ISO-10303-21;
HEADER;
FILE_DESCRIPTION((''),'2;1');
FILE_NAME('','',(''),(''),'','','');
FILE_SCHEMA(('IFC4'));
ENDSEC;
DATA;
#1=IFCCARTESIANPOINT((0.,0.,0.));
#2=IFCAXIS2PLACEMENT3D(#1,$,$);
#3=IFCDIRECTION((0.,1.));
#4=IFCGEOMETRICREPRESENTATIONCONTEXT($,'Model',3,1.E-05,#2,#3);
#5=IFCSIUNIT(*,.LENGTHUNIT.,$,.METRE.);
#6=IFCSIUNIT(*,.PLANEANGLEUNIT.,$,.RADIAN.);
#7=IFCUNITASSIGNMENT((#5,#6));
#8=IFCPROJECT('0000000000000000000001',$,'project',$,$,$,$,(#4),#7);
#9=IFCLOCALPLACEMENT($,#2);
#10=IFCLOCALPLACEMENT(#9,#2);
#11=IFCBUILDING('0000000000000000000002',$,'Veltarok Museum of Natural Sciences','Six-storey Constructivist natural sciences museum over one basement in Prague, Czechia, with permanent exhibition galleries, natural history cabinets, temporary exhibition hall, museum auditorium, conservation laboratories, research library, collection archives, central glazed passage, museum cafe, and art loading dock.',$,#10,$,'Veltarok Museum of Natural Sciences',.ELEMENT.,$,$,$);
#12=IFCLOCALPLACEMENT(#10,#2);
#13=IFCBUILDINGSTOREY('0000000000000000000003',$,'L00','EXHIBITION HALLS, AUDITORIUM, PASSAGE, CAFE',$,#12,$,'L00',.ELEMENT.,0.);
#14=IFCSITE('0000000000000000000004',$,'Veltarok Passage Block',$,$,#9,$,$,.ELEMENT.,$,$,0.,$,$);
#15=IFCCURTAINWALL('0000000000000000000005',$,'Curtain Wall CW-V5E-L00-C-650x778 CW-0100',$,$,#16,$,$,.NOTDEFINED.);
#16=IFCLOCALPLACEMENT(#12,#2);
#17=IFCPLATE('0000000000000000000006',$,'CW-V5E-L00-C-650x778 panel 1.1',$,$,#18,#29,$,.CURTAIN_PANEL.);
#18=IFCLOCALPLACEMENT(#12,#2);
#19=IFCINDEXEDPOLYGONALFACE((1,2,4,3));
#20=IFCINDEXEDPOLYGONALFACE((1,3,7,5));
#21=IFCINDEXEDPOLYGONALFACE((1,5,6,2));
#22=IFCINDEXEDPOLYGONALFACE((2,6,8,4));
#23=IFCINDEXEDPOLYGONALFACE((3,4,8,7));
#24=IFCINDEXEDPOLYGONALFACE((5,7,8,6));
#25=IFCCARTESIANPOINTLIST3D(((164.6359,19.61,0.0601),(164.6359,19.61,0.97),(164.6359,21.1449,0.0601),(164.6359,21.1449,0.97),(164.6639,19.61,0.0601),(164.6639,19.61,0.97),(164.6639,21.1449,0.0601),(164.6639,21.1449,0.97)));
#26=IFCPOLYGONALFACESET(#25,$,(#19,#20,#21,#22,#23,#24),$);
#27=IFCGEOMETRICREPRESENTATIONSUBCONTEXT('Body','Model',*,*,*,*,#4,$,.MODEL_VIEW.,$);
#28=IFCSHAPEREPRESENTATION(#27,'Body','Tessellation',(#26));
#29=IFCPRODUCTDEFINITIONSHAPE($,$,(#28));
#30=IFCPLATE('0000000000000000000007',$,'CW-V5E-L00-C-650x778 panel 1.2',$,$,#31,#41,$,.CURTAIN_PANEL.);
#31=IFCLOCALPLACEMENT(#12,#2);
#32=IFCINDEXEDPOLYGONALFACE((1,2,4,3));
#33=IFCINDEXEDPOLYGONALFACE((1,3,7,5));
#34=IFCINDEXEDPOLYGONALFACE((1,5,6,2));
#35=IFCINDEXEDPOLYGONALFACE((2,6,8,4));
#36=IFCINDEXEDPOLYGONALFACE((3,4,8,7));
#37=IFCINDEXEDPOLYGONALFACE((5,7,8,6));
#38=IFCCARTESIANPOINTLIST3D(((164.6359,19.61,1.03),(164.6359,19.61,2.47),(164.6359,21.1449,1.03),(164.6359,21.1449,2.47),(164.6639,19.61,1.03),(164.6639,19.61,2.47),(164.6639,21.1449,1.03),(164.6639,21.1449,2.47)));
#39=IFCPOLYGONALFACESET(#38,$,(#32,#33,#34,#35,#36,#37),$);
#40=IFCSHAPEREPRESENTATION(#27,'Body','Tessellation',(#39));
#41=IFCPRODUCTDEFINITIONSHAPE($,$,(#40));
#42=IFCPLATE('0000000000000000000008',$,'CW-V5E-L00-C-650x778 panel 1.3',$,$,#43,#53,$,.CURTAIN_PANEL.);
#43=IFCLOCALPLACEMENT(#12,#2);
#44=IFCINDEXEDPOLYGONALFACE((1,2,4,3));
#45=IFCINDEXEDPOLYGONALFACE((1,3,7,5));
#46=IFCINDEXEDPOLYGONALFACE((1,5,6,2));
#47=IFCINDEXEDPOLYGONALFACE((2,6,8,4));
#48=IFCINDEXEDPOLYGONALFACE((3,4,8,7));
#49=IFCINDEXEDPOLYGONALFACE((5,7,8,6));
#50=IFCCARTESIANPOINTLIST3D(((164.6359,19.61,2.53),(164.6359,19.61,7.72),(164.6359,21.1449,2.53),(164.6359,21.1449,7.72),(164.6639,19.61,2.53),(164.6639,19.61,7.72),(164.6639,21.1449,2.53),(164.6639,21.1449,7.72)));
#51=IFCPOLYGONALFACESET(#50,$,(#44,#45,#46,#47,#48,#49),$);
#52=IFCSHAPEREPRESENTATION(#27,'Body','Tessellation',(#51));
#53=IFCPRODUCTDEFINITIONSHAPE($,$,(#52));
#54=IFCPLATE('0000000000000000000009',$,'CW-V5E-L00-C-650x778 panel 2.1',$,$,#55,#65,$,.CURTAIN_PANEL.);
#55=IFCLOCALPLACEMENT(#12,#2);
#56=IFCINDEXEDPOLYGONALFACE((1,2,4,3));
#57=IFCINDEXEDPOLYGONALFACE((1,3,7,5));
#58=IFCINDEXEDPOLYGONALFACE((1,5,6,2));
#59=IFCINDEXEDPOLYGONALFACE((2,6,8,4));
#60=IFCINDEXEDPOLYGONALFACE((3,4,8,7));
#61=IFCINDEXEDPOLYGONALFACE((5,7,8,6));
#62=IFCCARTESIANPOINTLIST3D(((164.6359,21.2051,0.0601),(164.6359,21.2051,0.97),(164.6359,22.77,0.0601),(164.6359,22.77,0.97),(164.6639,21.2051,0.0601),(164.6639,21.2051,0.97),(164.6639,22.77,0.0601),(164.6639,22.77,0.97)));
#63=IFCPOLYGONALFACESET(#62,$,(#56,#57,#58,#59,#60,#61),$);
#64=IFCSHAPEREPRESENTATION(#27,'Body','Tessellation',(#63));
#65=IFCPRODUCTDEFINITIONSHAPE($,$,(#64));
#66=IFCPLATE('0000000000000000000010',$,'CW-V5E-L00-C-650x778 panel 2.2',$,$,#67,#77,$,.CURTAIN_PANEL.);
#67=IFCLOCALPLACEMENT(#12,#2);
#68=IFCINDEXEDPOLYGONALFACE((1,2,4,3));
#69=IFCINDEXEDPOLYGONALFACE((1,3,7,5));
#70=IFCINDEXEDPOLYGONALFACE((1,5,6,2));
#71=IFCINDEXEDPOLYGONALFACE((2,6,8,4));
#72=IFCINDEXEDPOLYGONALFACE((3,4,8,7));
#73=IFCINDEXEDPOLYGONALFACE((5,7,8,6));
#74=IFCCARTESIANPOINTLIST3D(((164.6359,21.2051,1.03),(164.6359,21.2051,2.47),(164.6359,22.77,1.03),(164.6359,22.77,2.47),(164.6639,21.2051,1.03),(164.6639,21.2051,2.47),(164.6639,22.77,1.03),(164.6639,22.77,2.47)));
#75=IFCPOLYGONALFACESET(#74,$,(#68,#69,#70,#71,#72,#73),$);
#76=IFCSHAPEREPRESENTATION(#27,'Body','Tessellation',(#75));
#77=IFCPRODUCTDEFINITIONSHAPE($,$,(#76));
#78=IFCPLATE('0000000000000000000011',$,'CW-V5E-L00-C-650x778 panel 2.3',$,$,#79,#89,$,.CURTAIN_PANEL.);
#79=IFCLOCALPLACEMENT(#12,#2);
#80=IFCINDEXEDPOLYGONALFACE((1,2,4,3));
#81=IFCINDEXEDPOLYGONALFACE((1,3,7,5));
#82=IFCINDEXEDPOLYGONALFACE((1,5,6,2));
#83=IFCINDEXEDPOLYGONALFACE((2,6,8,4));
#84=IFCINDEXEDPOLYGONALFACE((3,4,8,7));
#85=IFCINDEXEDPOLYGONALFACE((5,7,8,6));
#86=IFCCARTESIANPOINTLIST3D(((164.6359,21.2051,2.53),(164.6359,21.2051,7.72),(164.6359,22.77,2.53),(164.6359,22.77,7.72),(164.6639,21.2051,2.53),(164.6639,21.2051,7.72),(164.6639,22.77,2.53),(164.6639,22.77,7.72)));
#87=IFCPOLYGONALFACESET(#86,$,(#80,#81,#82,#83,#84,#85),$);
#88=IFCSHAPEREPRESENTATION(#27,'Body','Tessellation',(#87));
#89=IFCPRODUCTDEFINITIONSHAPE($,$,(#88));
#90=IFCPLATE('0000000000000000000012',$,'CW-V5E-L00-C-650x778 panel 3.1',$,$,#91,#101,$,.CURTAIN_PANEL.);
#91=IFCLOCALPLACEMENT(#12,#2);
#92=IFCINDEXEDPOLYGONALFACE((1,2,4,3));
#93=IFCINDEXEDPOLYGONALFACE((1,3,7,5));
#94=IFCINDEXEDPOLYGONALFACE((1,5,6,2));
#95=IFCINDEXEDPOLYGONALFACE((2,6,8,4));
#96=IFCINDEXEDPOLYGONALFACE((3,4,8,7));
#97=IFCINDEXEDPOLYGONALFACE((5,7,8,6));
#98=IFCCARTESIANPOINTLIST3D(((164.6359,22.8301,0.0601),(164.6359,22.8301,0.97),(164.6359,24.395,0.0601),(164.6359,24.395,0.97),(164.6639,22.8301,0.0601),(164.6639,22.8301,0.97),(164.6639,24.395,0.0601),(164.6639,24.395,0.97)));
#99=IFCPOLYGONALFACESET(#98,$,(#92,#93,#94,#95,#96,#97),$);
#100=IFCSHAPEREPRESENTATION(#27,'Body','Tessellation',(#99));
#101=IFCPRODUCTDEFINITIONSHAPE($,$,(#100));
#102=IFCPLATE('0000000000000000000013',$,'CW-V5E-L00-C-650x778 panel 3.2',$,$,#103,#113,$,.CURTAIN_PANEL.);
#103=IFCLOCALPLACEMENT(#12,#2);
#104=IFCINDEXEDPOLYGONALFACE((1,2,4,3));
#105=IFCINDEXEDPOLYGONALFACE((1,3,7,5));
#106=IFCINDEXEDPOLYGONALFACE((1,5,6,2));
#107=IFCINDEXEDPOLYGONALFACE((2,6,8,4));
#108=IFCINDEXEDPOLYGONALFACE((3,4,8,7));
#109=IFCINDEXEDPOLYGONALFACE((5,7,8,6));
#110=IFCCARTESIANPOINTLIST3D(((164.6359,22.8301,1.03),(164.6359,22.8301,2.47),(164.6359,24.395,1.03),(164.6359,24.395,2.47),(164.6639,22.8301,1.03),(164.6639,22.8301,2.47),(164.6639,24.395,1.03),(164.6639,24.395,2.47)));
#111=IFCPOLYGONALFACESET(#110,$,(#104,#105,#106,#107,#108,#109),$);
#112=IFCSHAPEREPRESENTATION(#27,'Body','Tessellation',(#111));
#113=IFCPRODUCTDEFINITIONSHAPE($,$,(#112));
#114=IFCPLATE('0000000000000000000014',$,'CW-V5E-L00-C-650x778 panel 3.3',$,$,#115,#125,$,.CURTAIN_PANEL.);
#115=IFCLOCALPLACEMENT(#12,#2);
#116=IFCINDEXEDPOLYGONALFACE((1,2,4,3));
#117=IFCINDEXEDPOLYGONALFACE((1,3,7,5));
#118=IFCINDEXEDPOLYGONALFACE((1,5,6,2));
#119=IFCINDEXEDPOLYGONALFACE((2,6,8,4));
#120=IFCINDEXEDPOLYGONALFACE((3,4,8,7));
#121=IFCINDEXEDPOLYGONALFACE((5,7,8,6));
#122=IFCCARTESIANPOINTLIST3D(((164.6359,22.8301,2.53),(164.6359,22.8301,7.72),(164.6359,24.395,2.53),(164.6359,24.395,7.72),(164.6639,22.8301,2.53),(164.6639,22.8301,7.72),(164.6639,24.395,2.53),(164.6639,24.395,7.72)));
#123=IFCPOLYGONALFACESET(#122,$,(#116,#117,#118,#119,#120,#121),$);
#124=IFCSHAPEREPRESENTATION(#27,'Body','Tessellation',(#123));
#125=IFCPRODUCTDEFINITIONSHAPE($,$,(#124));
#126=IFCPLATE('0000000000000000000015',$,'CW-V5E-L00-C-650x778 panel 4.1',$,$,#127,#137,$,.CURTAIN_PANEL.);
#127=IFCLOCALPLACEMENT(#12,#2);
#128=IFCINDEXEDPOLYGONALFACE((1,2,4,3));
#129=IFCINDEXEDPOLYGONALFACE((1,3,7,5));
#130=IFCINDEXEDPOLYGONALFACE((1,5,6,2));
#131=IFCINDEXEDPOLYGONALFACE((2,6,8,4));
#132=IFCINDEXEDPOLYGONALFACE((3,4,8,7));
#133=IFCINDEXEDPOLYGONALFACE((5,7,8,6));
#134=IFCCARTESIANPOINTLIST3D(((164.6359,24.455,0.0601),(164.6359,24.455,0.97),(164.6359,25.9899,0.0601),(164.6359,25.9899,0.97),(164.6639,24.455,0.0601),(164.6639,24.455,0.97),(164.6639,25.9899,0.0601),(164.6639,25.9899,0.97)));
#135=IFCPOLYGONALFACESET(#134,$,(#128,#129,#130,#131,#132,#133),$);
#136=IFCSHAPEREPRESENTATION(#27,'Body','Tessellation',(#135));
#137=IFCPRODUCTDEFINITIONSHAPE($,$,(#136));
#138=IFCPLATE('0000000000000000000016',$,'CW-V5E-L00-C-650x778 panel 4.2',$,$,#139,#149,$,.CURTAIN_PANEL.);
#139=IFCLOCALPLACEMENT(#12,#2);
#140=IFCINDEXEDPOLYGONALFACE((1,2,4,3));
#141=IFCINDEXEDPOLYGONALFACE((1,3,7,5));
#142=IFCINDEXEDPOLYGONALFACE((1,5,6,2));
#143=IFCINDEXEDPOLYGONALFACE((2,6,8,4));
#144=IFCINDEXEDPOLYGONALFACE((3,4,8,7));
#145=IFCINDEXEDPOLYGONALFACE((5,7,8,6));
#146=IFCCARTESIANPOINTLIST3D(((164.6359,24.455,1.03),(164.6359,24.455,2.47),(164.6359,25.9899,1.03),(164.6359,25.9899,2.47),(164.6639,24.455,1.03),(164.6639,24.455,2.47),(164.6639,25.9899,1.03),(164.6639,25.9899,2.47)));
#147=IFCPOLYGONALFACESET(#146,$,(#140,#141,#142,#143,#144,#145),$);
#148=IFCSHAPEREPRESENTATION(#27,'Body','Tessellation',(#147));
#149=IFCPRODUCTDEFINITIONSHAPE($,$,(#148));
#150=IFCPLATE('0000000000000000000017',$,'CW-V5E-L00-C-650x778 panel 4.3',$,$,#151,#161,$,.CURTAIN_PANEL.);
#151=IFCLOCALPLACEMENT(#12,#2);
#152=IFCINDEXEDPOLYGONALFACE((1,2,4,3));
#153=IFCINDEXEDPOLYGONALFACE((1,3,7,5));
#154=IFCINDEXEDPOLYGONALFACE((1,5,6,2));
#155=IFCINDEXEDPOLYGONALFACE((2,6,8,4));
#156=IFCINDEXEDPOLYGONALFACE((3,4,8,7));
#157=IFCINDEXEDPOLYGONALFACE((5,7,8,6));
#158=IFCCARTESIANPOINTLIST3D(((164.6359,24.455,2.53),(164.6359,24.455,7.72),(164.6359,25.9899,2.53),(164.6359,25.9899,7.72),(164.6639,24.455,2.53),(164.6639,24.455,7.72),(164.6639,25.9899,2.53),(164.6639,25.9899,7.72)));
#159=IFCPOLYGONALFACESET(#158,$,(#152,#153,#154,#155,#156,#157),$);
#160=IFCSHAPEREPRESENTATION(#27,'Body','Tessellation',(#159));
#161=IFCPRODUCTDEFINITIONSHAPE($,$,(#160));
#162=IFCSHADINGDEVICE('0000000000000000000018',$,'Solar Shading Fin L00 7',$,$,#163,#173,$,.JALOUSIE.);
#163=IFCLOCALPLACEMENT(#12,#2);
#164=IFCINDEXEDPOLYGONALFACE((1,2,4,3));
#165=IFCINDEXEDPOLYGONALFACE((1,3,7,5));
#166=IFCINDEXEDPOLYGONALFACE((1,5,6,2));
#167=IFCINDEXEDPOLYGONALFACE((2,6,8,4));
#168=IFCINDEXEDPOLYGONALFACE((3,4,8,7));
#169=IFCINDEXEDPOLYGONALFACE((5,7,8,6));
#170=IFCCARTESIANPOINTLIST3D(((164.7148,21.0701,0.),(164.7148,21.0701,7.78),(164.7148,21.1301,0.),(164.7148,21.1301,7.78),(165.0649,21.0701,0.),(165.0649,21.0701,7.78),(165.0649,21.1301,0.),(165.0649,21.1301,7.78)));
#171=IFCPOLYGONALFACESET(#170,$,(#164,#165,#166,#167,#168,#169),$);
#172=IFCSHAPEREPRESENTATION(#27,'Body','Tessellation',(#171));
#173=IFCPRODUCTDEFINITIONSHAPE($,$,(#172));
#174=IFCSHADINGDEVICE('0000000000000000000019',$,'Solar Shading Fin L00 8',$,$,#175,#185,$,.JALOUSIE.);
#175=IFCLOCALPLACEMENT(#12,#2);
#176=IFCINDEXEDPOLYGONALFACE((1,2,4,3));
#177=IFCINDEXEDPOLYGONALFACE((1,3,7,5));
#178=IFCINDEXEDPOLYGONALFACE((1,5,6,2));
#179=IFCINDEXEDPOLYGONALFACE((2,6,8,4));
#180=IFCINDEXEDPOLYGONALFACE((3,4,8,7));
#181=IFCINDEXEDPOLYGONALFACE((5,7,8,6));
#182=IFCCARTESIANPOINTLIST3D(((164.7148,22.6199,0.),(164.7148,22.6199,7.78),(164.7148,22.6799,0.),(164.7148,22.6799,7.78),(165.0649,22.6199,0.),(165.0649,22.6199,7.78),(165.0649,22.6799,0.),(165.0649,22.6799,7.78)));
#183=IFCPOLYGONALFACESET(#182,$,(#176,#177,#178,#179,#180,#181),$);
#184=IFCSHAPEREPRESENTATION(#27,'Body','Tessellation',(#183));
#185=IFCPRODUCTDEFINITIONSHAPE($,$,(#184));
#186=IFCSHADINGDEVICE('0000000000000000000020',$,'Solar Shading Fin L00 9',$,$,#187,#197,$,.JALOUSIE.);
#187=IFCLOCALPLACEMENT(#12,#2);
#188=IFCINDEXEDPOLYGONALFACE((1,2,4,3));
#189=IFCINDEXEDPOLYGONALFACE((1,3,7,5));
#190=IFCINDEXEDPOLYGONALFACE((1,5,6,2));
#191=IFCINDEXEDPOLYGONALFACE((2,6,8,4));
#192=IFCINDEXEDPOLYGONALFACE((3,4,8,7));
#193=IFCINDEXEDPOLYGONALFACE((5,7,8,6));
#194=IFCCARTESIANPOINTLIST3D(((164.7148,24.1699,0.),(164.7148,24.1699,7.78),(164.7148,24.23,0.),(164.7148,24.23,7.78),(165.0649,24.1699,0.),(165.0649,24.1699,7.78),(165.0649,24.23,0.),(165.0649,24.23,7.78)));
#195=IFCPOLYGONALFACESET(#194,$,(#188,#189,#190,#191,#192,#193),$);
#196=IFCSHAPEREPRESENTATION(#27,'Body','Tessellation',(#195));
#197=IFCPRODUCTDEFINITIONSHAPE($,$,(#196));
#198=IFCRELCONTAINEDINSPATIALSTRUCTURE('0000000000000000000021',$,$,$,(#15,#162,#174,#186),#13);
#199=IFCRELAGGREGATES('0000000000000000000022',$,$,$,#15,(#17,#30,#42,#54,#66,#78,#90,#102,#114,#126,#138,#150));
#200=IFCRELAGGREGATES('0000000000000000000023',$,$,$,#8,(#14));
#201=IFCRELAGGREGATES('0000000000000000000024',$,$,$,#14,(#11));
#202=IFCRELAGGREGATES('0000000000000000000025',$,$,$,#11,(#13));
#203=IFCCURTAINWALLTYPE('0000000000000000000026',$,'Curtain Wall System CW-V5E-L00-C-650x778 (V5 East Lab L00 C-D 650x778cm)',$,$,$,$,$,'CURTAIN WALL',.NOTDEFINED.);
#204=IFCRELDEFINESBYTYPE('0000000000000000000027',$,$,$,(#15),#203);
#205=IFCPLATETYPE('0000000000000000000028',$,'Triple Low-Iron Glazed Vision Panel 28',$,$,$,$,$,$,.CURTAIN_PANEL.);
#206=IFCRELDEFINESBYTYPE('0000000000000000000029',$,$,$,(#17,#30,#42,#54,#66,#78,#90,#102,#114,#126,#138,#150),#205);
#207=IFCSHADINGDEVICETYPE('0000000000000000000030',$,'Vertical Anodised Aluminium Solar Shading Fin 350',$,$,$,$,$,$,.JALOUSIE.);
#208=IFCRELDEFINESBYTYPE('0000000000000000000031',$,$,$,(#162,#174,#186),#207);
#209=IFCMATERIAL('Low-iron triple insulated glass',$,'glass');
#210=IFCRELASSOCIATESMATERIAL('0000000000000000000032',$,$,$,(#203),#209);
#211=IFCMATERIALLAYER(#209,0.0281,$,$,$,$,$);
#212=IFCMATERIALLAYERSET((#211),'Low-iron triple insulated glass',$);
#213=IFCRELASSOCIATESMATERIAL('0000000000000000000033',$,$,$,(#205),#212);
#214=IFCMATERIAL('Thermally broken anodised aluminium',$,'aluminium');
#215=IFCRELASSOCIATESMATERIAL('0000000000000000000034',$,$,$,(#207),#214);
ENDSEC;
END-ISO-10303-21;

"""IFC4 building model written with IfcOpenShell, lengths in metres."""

from ifc_helpers import new_model, si_unit, direction, frame, origin, origin_2d, place, context, subcontext, project, spatial, rectangle, extrude, material, layer, layer_set, type_object, element, aggregate, save


model = new_model("IFC4")

# Units and contexts
model_context = context("Model", 3, precision=1e-05, world=origin(), true_north=direction((0.0, 1.0)))
body_context = subcontext(model_context, "Body", "Model", "MODEL_VIEW")
ifc_project = project(units=[si_unit("LENGTHUNIT", "METRE"), si_unit("PLANEANGLEUNIT", "RADIAN")], contexts=[model_context])

# Site, building, storey
site_placement = place(None, origin())
site = spatial("IfcSite", under=ifc_project, at=site_placement, Name="Veltarok Passage Block", CompositionType="ELEMENT", RefElevation=0.0)
building_placement = place(site_placement, origin())
building = spatial("IfcBuilding", under=site, at=building_placement, Name="Veltarok Museum of Natural Sciences", Description="Six-storey Constructivist natural sciences museum over one basement in Prague, Czechia, with permanent exhibition galleries, natural history cabinets, temporary exhibition hall, museum auditorium, conservation laboratories, research library, collection archives, central glazed passage, museum cafe, and art loading dock.", LongName="Veltarok Museum of Natural Sciences", CompositionType="ELEMENT")
storey_placement = place(building_placement, origin())
storey = spatial("IfcBuildingStorey", under=building, at=storey_placement, Name="L00", Description="EXHIBITION HALLS, AUDITORIUM, PASSAGE, CAFE", LongName="L00", CompositionType="ELEMENT", Elevation=0.0)

# Curtain wall
ifc_material_1 = material(Name="Low-iron triple insulated glass", Category="glass")
curtain_wall_type = type_object("IfcCurtainWallType", Name="Curtain Wall System CW-V5E-L00-C-650x778 (V5 East Lab L00 C-D 650x778cm)", ElementType="CURTAIN WALL", PredefinedType="NOTDEFINED", material=ifc_material_1)
curtain_wall_placement = place(storey_placement, origin())
curtain_wall = element("IfcCurtainWall", 1, at=curtain_wall_placement, inside=storey, type_object=curtain_wall_type, Name="Curtain Wall CW-V5E-L00-C-650x778 CW-0100", PredefinedType="NOTDEFINED")
ifc_material_2 = material(Name="Thermally broken anodised aluminium", Category="aluminium")

# Plates
ifc_layer = layer(ifc_material_1, 0.0281)
ifc_layer_set = layer_set([ifc_layer], Name="Low-iron triple insulated glass")
plate_type = type_object("IfcPlateType", Name="Triple Low-Iron Glazed Vision Panel 28", PredefinedType="CURTAIN_PANEL", material=ifc_layer_set)
plate_1_placement = place(storey_placement, frame((164.6499, 20.3774, 0.0601), z_axis=(0.0, 0.0, 1.0), x_axis=(0.0, 1.0, 0.0)))
plate_1 = element("IfcPlate", 2, at=plate_1_placement, type_object=plate_type, Name="CW-V5E-L00-C-650x778 panel 1.1", PredefinedType="CURTAIN_PANEL", context=body_context, shape_type="SweptSolid", body=[
    extrude(rectangle(XDim=1.5349, YDim=0.0281, at=origin_2d()), origin(), (0.0, 0.0, 1.0), 0.9099),
])
plate_2_placement = place(storey_placement, frame((164.6499, 20.3774, 1.03), z_axis=(0.0, 0.0, 1.0), x_axis=(0.0, 1.0, 0.0)))
plate_2 = element("IfcPlate", 3, at=plate_2_placement, type_object=plate_type, Name="CW-V5E-L00-C-650x778 panel 1.2", PredefinedType="CURTAIN_PANEL", context=body_context, shape_type="SweptSolid", body=[
    extrude(rectangle(XDim=1.5349, YDim=0.0281, at=origin_2d()), origin(), (0.0, 0.0, 1.0), 1.4399),
])
plate_3_placement = place(storey_placement, frame((164.6499, 20.3774, 2.53), z_axis=(0.0, 0.0, 1.0), x_axis=(0.0, 1.0, 0.0)))
plate_3 = element("IfcPlate", 4, at=plate_3_placement, type_object=plate_type, Name="CW-V5E-L00-C-650x778 panel 1.3", PredefinedType="CURTAIN_PANEL", context=body_context, shape_type="SweptSolid", body=[
    extrude(rectangle(XDim=1.5349, YDim=0.0281, at=origin_2d()), origin(), (0.0, 0.0, 1.0), 5.1899),
])
plate_4_placement = place(storey_placement, frame((164.6499, 21.9875, 0.0601), z_axis=(0.0, 0.0, 1.0), x_axis=(0.0, 1.0, 0.0)))
plate_4 = element("IfcPlate", 5, at=plate_4_placement, type_object=plate_type, Name="CW-V5E-L00-C-650x778 panel 2.1", PredefinedType="CURTAIN_PANEL", context=body_context, shape_type="SweptSolid", body=[
    extrude(rectangle(XDim=1.5649, YDim=0.0281, at=origin_2d()), origin(), (0.0, 0.0, 1.0), 0.9099),
])
plate_5_placement = place(storey_placement, frame((164.6499, 21.9875, 1.03), z_axis=(0.0, 0.0, 1.0), x_axis=(0.0, 1.0, 0.0)))
plate_5 = element("IfcPlate", 6, at=plate_5_placement, type_object=plate_type, Name="CW-V5E-L00-C-650x778 panel 2.2", PredefinedType="CURTAIN_PANEL", context=body_context, shape_type="SweptSolid", body=[
    extrude(rectangle(XDim=1.5649, YDim=0.0281, at=origin_2d()), origin(), (0.0, 0.0, 1.0), 1.4399),
])
plate_6_placement = place(storey_placement, frame((164.6499, 21.9875, 2.53), z_axis=(0.0, 0.0, 1.0), x_axis=(0.0, 1.0, 0.0)))
plate_6 = element("IfcPlate", 7, at=plate_6_placement, type_object=plate_type, Name="CW-V5E-L00-C-650x778 panel 2.3", PredefinedType="CURTAIN_PANEL", context=body_context, shape_type="SweptSolid", body=[
    extrude(rectangle(XDim=1.5649, YDim=0.0281, at=origin_2d()), origin(), (0.0, 0.0, 1.0), 5.1899),
])
plate_7_placement = place(storey_placement, frame((164.6499, 23.6125, 0.0601), z_axis=(0.0, 0.0, 1.0), x_axis=(0.0, 1.0, 0.0)))
plate_7 = element("IfcPlate", 8, at=plate_7_placement, type_object=plate_type, Name="CW-V5E-L00-C-650x778 panel 3.1", PredefinedType="CURTAIN_PANEL", context=body_context, shape_type="SweptSolid", body=[
    extrude(rectangle(XDim=1.5649, YDim=0.0281, at=origin_2d()), origin(), (0.0, 0.0, 1.0), 0.9099),
])
plate_8_placement = place(storey_placement, frame((164.6499, 23.6125, 1.03), z_axis=(0.0, 0.0, 1.0), x_axis=(0.0, 1.0, 0.0)))
plate_8 = element("IfcPlate", 9, at=plate_8_placement, type_object=plate_type, Name="CW-V5E-L00-C-650x778 panel 3.2", PredefinedType="CURTAIN_PANEL", context=body_context, shape_type="SweptSolid", body=[
    extrude(rectangle(XDim=1.5649, YDim=0.0281, at=origin_2d()), origin(), (0.0, 0.0, 1.0), 1.4399),
])
plate_9_placement = place(storey_placement, frame((164.6499, 23.6125, 2.53), z_axis=(0.0, 0.0, 1.0), x_axis=(0.0, 1.0, 0.0)))
plate_9 = element("IfcPlate", 10, at=plate_9_placement, type_object=plate_type, Name="CW-V5E-L00-C-650x778 panel 3.3", PredefinedType="CURTAIN_PANEL", context=body_context, shape_type="SweptSolid", body=[
    extrude(rectangle(XDim=1.5649, YDim=0.0281, at=origin_2d()), origin(), (0.0, 0.0, 1.0), 5.1899),
])
plate_10_placement = place(storey_placement, frame((164.6499, 25.2224, 0.0601), z_axis=(0.0, 0.0, 1.0), x_axis=(0.0, 1.0, 0.0)))
plate_10 = element("IfcPlate", 11, at=plate_10_placement, type_object=plate_type, Name="CW-V5E-L00-C-650x778 panel 4.1", PredefinedType="CURTAIN_PANEL", context=body_context, shape_type="SweptSolid", body=[
    extrude(rectangle(XDim=1.5349, YDim=0.0281, at=origin_2d()), origin(), (0.0, 0.0, 1.0), 0.9099),
])
plate_11_placement = place(storey_placement, frame((164.6499, 25.2224, 1.03), z_axis=(0.0, 0.0, 1.0), x_axis=(0.0, 1.0, 0.0)))
plate_11 = element("IfcPlate", 12, at=plate_11_placement, type_object=plate_type, Name="CW-V5E-L00-C-650x778 panel 4.2", PredefinedType="CURTAIN_PANEL", context=body_context, shape_type="SweptSolid", body=[
    extrude(rectangle(XDim=1.5349, YDim=0.0281, at=origin_2d()), origin(), (0.0, 0.0, 1.0), 1.4399),
])
plate_12_placement = place(storey_placement, frame((164.6499, 25.2224, 2.53), z_axis=(0.0, 0.0, 1.0), x_axis=(0.0, 1.0, 0.0)))
plate_12 = element("IfcPlate", 13, at=plate_12_placement, type_object=plate_type, Name="CW-V5E-L00-C-650x778 panel 4.3", PredefinedType="CURTAIN_PANEL", context=body_context, shape_type="SweptSolid", body=[
    extrude(rectangle(XDim=1.5349, YDim=0.0281, at=origin_2d()), origin(), (0.0, 0.0, 1.0), 5.1899),
])
aggregate(curtain_wall, [plate_1, plate_2, plate_3, plate_4, plate_5, plate_6, plate_7, plate_8, plate_9, plate_10, plate_11, plate_12])

# Shading devices
shading_device_type = type_object("IfcShadingDeviceType", Name="Vertical Anodised Aluminium Solar Shading Fin 350", PredefinedType="JALOUSIE", material=ifc_material_2)
for number, where, z_axis, x_axis, name in (
    (14, (164.8899, 21.1001, 0.0), (0.0, 0.0, 1.0), (1.0, 0.0, 0.0), "Solar Shading Fin L00 7"),
    (15, (164.8899, 22.6499, 0.0), (0.0, 0.0, 1.0), (1.0, 0.0, 0.0), "Solar Shading Fin L00 8"),
    (16, (164.8899, 24.2, 0.0), (0.0, 0.0, 1.0), (1.0, 0.0, 0.0), "Solar Shading Fin L00 9"),
):
    element("IfcShadingDevice", number, at=place(storey_placement, frame(where, z_axis=z_axis, x_axis=x_axis)), inside=storey, type_object=shading_device_type, Name=name, PredefinedType="JALOUSIE", context=body_context, shape_type="SweptSolid", body=[
        extrude(rectangle(XDim=0.3501, YDim=0.0601, at=origin_2d()), origin(), (0.0, 0.0, 1.0), 7.78),
    ])

save(model, "model.ifc")
